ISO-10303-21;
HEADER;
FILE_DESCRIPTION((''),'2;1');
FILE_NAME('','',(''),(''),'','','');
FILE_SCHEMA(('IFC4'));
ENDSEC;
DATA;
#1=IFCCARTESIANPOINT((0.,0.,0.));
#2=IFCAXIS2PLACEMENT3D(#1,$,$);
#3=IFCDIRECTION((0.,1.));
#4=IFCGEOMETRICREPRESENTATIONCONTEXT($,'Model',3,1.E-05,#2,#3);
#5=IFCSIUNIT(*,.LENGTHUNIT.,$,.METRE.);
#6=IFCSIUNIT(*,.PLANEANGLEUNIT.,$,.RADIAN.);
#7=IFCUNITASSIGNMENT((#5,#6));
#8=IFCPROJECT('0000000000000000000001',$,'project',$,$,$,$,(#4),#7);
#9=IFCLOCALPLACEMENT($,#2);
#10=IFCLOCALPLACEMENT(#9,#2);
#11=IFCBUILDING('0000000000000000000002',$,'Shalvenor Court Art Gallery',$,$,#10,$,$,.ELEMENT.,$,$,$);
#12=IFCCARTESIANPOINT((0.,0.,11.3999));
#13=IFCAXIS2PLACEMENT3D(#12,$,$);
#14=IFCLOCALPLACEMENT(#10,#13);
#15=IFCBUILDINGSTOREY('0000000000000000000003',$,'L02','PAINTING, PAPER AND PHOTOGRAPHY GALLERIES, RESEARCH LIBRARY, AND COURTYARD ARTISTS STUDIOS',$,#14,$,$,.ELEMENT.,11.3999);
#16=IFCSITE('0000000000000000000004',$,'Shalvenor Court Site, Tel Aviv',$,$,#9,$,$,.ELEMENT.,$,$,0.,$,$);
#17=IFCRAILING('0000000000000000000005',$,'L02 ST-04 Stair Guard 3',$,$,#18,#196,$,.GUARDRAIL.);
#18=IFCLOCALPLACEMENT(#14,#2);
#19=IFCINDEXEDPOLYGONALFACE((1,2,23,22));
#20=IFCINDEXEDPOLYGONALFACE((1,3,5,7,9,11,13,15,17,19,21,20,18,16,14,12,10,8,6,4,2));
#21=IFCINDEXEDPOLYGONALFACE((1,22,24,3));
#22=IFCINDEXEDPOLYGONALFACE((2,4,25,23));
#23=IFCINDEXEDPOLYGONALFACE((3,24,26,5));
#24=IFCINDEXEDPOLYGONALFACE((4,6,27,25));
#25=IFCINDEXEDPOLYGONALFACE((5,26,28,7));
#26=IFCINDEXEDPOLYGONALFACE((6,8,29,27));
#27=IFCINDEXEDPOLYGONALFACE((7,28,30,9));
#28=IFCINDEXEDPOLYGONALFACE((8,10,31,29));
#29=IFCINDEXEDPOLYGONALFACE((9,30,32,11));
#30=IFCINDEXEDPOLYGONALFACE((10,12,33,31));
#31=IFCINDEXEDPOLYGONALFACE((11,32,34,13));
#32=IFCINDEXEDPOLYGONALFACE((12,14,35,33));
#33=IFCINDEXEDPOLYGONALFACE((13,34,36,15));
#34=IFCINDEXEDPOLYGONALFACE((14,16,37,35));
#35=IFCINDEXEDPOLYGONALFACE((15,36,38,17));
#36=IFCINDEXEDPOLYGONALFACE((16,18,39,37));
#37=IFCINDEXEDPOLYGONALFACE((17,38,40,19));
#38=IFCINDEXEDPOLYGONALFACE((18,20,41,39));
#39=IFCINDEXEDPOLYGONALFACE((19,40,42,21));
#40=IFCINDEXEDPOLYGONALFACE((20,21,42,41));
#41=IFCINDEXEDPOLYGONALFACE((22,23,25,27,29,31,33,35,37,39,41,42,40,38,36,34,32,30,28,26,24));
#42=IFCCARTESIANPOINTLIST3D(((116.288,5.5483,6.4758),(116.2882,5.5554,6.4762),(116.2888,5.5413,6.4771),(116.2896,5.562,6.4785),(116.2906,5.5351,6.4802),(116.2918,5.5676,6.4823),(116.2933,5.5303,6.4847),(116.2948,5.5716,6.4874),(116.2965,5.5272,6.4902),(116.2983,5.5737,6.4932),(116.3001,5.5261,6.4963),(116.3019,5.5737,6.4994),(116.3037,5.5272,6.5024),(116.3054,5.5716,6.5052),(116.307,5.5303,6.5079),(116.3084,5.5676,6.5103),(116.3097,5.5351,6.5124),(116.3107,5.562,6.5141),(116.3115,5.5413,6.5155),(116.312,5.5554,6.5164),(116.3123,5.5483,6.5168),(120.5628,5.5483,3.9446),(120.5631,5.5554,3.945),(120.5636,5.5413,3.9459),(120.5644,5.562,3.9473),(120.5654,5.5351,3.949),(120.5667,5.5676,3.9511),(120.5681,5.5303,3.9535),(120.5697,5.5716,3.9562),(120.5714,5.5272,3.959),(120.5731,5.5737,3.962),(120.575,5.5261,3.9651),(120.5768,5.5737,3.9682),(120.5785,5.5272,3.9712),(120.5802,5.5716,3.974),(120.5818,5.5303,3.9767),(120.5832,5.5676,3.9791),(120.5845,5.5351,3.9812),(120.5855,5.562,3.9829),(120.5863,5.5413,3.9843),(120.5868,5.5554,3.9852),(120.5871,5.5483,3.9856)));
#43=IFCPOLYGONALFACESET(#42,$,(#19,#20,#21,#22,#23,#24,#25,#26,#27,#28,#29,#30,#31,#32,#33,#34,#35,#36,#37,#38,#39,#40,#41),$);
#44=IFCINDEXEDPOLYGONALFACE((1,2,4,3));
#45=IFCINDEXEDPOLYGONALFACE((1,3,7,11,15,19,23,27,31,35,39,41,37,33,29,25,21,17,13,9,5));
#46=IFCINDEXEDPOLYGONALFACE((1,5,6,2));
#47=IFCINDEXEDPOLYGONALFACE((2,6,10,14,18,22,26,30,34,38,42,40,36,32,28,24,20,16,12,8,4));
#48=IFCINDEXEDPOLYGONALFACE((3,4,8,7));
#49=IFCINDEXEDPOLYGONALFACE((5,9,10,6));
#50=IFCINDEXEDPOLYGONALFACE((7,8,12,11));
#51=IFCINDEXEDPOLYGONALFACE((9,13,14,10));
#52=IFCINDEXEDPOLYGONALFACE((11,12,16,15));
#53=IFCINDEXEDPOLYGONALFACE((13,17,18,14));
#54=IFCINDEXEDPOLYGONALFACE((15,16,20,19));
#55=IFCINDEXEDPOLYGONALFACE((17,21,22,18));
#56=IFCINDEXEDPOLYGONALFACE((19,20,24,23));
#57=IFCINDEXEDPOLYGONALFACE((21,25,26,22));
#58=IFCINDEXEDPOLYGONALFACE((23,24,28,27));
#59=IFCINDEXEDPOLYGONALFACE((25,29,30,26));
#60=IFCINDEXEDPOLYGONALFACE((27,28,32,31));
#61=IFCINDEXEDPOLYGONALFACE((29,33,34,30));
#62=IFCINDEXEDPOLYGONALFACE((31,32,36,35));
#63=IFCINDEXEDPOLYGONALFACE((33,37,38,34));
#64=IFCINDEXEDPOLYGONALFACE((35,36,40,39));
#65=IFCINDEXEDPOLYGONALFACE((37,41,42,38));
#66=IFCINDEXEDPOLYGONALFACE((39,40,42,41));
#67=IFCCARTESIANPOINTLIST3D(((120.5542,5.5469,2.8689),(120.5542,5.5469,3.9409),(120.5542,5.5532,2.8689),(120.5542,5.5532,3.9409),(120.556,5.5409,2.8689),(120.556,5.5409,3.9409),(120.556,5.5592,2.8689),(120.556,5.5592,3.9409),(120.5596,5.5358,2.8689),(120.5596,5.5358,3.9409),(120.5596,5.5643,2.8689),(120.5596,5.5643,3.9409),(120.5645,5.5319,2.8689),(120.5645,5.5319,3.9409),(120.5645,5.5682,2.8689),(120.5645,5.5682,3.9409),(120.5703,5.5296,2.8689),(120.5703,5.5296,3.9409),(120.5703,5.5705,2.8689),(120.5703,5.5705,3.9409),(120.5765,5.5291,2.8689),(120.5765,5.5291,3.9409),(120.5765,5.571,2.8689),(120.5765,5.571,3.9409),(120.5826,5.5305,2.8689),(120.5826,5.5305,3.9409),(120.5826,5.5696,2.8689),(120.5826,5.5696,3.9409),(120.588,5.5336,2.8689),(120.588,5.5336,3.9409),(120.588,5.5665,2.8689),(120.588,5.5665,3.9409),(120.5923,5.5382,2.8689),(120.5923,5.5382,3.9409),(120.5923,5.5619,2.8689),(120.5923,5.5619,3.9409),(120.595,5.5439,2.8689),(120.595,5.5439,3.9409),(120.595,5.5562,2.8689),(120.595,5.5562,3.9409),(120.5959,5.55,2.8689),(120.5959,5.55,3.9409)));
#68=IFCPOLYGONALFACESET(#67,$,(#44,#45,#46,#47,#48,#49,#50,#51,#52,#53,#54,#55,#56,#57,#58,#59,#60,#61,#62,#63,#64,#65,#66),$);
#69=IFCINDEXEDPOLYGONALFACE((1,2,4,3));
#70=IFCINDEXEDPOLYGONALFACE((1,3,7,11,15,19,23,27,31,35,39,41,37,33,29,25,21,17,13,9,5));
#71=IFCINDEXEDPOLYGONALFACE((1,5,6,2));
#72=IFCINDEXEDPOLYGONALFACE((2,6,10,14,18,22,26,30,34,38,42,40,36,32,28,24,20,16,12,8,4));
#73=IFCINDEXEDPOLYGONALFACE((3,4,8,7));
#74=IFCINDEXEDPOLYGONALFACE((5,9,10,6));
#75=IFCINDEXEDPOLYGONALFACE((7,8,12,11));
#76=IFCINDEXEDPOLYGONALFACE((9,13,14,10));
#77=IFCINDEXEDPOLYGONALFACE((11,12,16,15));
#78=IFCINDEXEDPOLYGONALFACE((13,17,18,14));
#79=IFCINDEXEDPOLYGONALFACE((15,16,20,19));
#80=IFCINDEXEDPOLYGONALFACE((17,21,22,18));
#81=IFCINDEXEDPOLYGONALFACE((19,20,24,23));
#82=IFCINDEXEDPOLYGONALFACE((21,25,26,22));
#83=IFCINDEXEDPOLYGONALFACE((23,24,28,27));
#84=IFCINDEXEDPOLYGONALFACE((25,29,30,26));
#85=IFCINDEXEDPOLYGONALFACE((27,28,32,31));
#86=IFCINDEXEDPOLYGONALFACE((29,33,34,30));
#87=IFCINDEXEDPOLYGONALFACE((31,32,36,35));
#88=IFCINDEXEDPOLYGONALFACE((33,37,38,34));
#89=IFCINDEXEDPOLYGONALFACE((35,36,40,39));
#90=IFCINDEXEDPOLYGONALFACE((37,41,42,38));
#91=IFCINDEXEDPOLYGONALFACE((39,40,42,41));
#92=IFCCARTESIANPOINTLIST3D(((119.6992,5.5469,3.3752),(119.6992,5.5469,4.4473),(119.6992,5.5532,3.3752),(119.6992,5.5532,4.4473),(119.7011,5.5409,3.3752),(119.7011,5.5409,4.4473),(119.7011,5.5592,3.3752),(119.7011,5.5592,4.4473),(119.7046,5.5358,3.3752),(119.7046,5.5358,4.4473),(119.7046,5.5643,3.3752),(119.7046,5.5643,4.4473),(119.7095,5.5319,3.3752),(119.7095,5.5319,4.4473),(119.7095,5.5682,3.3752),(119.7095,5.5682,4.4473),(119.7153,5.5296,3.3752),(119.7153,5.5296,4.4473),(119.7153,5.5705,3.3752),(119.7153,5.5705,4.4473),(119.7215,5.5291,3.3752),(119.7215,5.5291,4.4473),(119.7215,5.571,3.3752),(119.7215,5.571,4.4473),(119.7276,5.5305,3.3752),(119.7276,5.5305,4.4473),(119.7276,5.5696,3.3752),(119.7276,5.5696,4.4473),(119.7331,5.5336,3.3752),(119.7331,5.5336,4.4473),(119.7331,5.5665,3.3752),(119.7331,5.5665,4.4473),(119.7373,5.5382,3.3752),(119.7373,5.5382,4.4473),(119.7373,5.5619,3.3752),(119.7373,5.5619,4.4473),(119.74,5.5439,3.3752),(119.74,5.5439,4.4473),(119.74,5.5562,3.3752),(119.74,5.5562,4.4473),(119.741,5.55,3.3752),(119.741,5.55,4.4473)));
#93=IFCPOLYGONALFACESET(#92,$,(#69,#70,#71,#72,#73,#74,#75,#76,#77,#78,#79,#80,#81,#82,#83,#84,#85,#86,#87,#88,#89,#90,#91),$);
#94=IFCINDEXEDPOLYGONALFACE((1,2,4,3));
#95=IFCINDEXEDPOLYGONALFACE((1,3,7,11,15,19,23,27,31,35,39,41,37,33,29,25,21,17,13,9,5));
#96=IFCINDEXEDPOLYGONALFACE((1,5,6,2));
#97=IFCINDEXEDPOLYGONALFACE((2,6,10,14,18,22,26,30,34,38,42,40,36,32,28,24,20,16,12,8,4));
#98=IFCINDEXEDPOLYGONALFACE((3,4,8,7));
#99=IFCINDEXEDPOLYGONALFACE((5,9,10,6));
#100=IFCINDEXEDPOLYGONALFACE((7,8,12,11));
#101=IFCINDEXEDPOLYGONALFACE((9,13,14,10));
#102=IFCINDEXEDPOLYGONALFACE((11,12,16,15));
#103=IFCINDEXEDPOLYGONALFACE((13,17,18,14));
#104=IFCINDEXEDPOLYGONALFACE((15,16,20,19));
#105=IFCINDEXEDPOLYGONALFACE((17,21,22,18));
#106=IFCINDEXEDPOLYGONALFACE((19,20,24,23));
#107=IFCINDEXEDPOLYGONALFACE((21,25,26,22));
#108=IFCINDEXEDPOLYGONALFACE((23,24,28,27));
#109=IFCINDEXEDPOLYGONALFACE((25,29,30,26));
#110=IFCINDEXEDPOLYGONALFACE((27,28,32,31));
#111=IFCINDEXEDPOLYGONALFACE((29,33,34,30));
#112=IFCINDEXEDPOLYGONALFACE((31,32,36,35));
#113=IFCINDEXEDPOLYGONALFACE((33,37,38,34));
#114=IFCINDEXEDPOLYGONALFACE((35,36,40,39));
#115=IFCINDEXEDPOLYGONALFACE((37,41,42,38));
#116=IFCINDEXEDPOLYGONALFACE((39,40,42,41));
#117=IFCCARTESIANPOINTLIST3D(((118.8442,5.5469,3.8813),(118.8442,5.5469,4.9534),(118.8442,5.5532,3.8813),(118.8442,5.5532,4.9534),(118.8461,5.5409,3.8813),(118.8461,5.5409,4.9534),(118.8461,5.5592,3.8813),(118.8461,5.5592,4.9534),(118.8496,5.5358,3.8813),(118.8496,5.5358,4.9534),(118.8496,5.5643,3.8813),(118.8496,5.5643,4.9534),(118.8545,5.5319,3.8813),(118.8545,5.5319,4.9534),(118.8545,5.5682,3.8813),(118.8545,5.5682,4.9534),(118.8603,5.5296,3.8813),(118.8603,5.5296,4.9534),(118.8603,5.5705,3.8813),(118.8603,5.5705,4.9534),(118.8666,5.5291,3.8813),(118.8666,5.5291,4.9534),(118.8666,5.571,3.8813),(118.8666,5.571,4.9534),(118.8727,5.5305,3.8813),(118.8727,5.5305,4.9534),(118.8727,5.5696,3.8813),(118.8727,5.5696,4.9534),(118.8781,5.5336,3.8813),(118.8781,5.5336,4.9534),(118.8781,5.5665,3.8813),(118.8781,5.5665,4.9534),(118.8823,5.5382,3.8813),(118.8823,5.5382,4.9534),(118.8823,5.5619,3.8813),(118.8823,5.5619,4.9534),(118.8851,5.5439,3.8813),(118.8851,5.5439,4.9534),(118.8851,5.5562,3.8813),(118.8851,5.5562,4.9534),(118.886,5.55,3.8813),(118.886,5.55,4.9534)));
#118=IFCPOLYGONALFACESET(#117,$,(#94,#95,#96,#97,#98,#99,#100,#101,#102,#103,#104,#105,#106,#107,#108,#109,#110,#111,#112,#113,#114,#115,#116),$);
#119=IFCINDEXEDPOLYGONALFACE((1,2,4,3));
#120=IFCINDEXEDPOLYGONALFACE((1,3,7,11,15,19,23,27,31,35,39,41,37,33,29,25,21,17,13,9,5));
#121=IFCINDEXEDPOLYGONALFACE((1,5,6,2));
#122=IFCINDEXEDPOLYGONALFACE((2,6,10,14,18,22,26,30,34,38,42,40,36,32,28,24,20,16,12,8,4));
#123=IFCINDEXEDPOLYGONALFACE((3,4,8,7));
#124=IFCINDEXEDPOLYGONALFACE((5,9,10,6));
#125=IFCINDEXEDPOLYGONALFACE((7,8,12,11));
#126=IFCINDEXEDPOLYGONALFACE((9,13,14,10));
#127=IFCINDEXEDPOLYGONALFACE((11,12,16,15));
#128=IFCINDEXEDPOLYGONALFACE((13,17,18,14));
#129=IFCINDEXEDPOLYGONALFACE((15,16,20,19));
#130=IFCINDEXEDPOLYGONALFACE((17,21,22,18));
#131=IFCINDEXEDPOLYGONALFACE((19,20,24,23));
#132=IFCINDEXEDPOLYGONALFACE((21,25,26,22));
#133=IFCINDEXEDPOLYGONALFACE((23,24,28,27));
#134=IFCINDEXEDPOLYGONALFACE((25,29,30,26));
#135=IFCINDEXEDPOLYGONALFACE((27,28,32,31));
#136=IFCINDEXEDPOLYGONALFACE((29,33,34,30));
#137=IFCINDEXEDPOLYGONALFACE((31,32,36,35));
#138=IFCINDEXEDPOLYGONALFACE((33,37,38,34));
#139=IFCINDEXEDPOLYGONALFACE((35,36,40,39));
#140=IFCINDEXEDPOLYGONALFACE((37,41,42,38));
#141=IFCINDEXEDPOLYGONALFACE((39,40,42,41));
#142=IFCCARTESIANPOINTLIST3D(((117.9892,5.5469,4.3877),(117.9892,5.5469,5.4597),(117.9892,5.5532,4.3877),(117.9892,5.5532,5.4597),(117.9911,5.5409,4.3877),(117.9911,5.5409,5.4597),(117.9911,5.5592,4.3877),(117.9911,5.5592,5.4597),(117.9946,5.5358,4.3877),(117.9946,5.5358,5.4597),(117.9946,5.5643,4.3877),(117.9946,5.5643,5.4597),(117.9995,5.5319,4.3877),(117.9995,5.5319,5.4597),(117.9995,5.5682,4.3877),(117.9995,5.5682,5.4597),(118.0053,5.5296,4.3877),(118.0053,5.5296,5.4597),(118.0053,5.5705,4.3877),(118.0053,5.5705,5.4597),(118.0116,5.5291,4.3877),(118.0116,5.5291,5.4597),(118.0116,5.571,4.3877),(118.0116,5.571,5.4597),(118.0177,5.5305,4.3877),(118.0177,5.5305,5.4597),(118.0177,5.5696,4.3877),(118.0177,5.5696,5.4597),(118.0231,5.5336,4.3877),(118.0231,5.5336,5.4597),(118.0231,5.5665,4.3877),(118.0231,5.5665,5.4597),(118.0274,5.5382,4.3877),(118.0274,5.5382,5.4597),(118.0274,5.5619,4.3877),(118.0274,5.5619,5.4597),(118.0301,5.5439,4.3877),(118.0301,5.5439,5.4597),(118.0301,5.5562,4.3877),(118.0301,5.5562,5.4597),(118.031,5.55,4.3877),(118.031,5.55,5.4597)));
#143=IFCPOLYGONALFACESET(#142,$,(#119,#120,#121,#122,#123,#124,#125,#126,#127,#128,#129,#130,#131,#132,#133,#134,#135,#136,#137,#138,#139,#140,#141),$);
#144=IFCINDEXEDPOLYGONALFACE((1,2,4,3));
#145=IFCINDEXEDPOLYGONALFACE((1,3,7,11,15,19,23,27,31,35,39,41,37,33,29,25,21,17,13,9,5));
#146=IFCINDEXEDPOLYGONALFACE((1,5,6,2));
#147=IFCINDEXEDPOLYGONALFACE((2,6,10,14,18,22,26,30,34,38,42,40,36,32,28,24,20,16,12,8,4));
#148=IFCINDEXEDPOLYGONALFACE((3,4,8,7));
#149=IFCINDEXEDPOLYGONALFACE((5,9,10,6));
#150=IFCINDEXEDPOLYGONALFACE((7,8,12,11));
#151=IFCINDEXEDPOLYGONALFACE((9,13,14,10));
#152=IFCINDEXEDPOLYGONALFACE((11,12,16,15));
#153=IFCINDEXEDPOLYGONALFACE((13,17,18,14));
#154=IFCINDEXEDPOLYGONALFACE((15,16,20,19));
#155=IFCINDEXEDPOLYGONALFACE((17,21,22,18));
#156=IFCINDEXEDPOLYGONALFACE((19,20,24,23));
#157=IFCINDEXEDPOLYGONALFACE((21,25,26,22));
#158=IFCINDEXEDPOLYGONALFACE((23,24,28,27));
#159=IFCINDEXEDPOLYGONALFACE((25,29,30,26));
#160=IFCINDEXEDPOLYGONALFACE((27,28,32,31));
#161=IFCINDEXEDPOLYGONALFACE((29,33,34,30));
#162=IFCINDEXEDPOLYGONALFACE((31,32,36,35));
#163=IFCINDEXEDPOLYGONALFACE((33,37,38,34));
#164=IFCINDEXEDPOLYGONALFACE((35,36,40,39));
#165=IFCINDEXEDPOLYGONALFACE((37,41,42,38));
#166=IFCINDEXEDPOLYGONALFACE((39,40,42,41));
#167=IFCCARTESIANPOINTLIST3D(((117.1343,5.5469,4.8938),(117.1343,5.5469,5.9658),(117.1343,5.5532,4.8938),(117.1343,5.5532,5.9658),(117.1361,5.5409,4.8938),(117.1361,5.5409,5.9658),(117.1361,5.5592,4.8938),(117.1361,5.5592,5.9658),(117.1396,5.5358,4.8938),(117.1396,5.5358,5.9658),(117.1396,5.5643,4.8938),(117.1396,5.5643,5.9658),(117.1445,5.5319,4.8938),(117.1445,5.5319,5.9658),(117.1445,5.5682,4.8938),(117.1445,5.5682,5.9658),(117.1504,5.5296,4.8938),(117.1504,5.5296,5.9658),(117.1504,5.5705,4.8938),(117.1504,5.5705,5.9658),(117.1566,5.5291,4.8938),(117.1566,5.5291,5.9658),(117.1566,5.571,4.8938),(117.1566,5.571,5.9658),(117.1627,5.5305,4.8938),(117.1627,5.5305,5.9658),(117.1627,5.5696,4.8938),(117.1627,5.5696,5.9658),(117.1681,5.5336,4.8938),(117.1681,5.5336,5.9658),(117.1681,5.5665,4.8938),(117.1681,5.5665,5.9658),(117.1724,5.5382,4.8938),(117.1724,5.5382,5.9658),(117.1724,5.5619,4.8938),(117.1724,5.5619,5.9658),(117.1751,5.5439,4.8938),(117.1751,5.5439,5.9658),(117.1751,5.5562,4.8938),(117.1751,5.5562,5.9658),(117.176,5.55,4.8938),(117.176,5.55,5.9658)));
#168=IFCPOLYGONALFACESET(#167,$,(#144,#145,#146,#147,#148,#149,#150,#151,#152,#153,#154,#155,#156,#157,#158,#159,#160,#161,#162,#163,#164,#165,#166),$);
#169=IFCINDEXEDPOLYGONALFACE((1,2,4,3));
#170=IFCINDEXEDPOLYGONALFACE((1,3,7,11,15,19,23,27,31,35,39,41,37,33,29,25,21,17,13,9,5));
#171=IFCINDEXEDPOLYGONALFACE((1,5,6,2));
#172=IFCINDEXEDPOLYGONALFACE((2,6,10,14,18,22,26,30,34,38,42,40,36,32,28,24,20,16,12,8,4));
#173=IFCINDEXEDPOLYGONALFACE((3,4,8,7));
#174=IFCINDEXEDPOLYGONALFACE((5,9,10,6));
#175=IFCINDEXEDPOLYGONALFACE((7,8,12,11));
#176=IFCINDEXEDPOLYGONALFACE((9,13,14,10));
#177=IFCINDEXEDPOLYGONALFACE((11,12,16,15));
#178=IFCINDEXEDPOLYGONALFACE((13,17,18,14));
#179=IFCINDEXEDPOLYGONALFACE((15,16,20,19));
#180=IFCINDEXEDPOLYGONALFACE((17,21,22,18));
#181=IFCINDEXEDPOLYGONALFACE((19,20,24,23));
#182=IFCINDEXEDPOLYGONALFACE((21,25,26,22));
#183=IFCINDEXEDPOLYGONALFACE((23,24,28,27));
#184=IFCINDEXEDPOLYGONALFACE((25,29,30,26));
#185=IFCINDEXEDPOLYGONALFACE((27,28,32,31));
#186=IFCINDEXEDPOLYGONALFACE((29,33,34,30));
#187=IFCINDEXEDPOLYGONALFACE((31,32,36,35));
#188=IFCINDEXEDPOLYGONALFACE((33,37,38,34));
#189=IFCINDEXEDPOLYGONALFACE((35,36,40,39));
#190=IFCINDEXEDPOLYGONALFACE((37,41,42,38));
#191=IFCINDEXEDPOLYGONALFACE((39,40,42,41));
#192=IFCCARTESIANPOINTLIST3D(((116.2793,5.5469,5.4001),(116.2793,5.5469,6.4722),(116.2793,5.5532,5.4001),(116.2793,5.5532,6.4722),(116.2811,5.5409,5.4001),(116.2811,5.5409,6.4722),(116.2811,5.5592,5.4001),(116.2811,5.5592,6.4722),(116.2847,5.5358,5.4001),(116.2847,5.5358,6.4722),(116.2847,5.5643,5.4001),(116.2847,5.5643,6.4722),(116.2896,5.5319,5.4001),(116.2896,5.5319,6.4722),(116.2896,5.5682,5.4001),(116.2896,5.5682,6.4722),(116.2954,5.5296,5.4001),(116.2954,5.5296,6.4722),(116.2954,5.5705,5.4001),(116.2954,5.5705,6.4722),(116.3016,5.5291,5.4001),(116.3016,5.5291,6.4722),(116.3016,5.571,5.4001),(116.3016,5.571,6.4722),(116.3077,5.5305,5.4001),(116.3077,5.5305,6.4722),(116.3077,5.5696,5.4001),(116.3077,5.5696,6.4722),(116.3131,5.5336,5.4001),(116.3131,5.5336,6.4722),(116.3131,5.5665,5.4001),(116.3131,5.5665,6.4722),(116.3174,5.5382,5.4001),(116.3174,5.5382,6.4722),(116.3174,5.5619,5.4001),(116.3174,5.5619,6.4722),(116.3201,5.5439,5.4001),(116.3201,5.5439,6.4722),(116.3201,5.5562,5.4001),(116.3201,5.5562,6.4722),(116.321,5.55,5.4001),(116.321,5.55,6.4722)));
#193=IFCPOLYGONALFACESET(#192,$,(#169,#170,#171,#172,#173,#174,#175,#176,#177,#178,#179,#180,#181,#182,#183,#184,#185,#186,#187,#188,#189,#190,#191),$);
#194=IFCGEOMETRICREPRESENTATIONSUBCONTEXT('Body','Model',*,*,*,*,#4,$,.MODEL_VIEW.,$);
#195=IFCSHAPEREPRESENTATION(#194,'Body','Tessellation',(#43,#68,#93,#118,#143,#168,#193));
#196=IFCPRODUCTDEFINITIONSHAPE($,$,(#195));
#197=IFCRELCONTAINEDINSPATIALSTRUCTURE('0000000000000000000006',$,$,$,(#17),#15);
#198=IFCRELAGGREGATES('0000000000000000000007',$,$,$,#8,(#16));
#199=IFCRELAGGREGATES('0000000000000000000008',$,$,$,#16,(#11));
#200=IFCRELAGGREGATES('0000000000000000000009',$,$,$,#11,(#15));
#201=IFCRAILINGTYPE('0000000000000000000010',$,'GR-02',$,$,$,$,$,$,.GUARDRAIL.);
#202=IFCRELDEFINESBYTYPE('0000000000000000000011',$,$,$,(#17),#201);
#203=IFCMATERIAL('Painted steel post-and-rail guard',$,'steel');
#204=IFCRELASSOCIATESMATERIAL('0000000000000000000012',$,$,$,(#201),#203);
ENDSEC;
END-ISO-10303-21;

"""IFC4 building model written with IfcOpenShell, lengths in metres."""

from ifc_helpers import new_model, si_unit, direction, frame, origin, origin_2d, place, context, subcontext, project, spatial, circle, extrude, material, type_object, element, save


model = new_model("IFC4")

# Units and contexts
model_context = context("Model", 3, precision=1e-05, world=origin(), true_north=direction((0.0, 1.0)))
body_context = subcontext(model_context, "Body", "Model", "MODEL_VIEW")
ifc_project = project(units=[si_unit("LENGTHUNIT", "METRE"), si_unit("PLANEANGLEUNIT", "RADIAN")], contexts=[model_context])

# Site, building, storey
site_placement = place(None, origin())
site = spatial("IfcSite", under=ifc_project, at=site_placement, Name="Shalvenor Court Site, Tel Aviv", CompositionType="ELEMENT", RefElevation=0.0)
building_placement = place(site_placement, origin())
building = spatial("IfcBuilding", under=site, at=building_placement, Name="Shalvenor Court Art Gallery", CompositionType="ELEMENT")
storey_placement = place(building_placement, frame((0.0, 0.0, 11.3999)))
storey = spatial("IfcBuildingStorey", under=building, at=storey_placement, Name="L02", Description="PAINTING, PAPER AND PHOTOGRAPHY GALLERIES, RESEARCH LIBRARY, AND COURTYARD ARTISTS STUDIOS", CompositionType="ELEMENT", Elevation=11.3999)

# Railing
ifc_material_1 = material(Name="Painted steel post-and-rail guard", Category="steel")
railing_type_1 = type_object("IfcRailingType", Name="GR-02", PredefinedType="GUARDRAIL", material=ifc_material_1)
railing_1_placement = place(storey_placement, frame((120.575, 5.55, 2.8689)))
element("IfcRailing", 1, at=railing_1_placement, inside=storey, type_object=railing_type_1, Name="L02 ST-04 Stair Guard 3", PredefinedType="GUARDRAIL", context=body_context, shape_type="SweptSolid", body=[
    extrude(circle(Radius=0.0239, at=origin_2d()), frame((0.0, 0.0, 1.0962), z_axis=(-0.86047, 0.0, 0.509501), x_axis=(0.0, -1.0, 0.0)), (0.0, 0.0, 1.0), 4.968),
    extrude(circle(Radius=0.021, at=origin_2d()), origin(), (0.0, 0.0, 1.0), 1.072),
    extrude(circle(Radius=0.021, at=origin_2d()), frame((-0.855, 0.0, 0.5063)), (0.0, 0.0, 1.0), 1.072),
    extrude(circle(Radius=0.021, at=origin_2d()), frame((-1.71, 0.0, 1.0125)), (0.0, 0.0, 1.0), 1.072),
    extrude(circle(Radius=0.021, at=origin_2d()), frame((-2.5649, 0.0, 1.5188)), (0.0, 0.0, 1.0), 1.072),
    extrude(circle(Radius=0.021, at=origin_2d()), frame((-3.4199, 0.0, 2.0249)), (0.0, 0.0, 1.0), 1.072),
    extrude(circle(Radius=0.021, at=origin_2d()), frame((-4.2749, 0.0, 2.5312)), (0.0, 0.0, 1.0), 1.072),
])

save(model, "model.ifc")
